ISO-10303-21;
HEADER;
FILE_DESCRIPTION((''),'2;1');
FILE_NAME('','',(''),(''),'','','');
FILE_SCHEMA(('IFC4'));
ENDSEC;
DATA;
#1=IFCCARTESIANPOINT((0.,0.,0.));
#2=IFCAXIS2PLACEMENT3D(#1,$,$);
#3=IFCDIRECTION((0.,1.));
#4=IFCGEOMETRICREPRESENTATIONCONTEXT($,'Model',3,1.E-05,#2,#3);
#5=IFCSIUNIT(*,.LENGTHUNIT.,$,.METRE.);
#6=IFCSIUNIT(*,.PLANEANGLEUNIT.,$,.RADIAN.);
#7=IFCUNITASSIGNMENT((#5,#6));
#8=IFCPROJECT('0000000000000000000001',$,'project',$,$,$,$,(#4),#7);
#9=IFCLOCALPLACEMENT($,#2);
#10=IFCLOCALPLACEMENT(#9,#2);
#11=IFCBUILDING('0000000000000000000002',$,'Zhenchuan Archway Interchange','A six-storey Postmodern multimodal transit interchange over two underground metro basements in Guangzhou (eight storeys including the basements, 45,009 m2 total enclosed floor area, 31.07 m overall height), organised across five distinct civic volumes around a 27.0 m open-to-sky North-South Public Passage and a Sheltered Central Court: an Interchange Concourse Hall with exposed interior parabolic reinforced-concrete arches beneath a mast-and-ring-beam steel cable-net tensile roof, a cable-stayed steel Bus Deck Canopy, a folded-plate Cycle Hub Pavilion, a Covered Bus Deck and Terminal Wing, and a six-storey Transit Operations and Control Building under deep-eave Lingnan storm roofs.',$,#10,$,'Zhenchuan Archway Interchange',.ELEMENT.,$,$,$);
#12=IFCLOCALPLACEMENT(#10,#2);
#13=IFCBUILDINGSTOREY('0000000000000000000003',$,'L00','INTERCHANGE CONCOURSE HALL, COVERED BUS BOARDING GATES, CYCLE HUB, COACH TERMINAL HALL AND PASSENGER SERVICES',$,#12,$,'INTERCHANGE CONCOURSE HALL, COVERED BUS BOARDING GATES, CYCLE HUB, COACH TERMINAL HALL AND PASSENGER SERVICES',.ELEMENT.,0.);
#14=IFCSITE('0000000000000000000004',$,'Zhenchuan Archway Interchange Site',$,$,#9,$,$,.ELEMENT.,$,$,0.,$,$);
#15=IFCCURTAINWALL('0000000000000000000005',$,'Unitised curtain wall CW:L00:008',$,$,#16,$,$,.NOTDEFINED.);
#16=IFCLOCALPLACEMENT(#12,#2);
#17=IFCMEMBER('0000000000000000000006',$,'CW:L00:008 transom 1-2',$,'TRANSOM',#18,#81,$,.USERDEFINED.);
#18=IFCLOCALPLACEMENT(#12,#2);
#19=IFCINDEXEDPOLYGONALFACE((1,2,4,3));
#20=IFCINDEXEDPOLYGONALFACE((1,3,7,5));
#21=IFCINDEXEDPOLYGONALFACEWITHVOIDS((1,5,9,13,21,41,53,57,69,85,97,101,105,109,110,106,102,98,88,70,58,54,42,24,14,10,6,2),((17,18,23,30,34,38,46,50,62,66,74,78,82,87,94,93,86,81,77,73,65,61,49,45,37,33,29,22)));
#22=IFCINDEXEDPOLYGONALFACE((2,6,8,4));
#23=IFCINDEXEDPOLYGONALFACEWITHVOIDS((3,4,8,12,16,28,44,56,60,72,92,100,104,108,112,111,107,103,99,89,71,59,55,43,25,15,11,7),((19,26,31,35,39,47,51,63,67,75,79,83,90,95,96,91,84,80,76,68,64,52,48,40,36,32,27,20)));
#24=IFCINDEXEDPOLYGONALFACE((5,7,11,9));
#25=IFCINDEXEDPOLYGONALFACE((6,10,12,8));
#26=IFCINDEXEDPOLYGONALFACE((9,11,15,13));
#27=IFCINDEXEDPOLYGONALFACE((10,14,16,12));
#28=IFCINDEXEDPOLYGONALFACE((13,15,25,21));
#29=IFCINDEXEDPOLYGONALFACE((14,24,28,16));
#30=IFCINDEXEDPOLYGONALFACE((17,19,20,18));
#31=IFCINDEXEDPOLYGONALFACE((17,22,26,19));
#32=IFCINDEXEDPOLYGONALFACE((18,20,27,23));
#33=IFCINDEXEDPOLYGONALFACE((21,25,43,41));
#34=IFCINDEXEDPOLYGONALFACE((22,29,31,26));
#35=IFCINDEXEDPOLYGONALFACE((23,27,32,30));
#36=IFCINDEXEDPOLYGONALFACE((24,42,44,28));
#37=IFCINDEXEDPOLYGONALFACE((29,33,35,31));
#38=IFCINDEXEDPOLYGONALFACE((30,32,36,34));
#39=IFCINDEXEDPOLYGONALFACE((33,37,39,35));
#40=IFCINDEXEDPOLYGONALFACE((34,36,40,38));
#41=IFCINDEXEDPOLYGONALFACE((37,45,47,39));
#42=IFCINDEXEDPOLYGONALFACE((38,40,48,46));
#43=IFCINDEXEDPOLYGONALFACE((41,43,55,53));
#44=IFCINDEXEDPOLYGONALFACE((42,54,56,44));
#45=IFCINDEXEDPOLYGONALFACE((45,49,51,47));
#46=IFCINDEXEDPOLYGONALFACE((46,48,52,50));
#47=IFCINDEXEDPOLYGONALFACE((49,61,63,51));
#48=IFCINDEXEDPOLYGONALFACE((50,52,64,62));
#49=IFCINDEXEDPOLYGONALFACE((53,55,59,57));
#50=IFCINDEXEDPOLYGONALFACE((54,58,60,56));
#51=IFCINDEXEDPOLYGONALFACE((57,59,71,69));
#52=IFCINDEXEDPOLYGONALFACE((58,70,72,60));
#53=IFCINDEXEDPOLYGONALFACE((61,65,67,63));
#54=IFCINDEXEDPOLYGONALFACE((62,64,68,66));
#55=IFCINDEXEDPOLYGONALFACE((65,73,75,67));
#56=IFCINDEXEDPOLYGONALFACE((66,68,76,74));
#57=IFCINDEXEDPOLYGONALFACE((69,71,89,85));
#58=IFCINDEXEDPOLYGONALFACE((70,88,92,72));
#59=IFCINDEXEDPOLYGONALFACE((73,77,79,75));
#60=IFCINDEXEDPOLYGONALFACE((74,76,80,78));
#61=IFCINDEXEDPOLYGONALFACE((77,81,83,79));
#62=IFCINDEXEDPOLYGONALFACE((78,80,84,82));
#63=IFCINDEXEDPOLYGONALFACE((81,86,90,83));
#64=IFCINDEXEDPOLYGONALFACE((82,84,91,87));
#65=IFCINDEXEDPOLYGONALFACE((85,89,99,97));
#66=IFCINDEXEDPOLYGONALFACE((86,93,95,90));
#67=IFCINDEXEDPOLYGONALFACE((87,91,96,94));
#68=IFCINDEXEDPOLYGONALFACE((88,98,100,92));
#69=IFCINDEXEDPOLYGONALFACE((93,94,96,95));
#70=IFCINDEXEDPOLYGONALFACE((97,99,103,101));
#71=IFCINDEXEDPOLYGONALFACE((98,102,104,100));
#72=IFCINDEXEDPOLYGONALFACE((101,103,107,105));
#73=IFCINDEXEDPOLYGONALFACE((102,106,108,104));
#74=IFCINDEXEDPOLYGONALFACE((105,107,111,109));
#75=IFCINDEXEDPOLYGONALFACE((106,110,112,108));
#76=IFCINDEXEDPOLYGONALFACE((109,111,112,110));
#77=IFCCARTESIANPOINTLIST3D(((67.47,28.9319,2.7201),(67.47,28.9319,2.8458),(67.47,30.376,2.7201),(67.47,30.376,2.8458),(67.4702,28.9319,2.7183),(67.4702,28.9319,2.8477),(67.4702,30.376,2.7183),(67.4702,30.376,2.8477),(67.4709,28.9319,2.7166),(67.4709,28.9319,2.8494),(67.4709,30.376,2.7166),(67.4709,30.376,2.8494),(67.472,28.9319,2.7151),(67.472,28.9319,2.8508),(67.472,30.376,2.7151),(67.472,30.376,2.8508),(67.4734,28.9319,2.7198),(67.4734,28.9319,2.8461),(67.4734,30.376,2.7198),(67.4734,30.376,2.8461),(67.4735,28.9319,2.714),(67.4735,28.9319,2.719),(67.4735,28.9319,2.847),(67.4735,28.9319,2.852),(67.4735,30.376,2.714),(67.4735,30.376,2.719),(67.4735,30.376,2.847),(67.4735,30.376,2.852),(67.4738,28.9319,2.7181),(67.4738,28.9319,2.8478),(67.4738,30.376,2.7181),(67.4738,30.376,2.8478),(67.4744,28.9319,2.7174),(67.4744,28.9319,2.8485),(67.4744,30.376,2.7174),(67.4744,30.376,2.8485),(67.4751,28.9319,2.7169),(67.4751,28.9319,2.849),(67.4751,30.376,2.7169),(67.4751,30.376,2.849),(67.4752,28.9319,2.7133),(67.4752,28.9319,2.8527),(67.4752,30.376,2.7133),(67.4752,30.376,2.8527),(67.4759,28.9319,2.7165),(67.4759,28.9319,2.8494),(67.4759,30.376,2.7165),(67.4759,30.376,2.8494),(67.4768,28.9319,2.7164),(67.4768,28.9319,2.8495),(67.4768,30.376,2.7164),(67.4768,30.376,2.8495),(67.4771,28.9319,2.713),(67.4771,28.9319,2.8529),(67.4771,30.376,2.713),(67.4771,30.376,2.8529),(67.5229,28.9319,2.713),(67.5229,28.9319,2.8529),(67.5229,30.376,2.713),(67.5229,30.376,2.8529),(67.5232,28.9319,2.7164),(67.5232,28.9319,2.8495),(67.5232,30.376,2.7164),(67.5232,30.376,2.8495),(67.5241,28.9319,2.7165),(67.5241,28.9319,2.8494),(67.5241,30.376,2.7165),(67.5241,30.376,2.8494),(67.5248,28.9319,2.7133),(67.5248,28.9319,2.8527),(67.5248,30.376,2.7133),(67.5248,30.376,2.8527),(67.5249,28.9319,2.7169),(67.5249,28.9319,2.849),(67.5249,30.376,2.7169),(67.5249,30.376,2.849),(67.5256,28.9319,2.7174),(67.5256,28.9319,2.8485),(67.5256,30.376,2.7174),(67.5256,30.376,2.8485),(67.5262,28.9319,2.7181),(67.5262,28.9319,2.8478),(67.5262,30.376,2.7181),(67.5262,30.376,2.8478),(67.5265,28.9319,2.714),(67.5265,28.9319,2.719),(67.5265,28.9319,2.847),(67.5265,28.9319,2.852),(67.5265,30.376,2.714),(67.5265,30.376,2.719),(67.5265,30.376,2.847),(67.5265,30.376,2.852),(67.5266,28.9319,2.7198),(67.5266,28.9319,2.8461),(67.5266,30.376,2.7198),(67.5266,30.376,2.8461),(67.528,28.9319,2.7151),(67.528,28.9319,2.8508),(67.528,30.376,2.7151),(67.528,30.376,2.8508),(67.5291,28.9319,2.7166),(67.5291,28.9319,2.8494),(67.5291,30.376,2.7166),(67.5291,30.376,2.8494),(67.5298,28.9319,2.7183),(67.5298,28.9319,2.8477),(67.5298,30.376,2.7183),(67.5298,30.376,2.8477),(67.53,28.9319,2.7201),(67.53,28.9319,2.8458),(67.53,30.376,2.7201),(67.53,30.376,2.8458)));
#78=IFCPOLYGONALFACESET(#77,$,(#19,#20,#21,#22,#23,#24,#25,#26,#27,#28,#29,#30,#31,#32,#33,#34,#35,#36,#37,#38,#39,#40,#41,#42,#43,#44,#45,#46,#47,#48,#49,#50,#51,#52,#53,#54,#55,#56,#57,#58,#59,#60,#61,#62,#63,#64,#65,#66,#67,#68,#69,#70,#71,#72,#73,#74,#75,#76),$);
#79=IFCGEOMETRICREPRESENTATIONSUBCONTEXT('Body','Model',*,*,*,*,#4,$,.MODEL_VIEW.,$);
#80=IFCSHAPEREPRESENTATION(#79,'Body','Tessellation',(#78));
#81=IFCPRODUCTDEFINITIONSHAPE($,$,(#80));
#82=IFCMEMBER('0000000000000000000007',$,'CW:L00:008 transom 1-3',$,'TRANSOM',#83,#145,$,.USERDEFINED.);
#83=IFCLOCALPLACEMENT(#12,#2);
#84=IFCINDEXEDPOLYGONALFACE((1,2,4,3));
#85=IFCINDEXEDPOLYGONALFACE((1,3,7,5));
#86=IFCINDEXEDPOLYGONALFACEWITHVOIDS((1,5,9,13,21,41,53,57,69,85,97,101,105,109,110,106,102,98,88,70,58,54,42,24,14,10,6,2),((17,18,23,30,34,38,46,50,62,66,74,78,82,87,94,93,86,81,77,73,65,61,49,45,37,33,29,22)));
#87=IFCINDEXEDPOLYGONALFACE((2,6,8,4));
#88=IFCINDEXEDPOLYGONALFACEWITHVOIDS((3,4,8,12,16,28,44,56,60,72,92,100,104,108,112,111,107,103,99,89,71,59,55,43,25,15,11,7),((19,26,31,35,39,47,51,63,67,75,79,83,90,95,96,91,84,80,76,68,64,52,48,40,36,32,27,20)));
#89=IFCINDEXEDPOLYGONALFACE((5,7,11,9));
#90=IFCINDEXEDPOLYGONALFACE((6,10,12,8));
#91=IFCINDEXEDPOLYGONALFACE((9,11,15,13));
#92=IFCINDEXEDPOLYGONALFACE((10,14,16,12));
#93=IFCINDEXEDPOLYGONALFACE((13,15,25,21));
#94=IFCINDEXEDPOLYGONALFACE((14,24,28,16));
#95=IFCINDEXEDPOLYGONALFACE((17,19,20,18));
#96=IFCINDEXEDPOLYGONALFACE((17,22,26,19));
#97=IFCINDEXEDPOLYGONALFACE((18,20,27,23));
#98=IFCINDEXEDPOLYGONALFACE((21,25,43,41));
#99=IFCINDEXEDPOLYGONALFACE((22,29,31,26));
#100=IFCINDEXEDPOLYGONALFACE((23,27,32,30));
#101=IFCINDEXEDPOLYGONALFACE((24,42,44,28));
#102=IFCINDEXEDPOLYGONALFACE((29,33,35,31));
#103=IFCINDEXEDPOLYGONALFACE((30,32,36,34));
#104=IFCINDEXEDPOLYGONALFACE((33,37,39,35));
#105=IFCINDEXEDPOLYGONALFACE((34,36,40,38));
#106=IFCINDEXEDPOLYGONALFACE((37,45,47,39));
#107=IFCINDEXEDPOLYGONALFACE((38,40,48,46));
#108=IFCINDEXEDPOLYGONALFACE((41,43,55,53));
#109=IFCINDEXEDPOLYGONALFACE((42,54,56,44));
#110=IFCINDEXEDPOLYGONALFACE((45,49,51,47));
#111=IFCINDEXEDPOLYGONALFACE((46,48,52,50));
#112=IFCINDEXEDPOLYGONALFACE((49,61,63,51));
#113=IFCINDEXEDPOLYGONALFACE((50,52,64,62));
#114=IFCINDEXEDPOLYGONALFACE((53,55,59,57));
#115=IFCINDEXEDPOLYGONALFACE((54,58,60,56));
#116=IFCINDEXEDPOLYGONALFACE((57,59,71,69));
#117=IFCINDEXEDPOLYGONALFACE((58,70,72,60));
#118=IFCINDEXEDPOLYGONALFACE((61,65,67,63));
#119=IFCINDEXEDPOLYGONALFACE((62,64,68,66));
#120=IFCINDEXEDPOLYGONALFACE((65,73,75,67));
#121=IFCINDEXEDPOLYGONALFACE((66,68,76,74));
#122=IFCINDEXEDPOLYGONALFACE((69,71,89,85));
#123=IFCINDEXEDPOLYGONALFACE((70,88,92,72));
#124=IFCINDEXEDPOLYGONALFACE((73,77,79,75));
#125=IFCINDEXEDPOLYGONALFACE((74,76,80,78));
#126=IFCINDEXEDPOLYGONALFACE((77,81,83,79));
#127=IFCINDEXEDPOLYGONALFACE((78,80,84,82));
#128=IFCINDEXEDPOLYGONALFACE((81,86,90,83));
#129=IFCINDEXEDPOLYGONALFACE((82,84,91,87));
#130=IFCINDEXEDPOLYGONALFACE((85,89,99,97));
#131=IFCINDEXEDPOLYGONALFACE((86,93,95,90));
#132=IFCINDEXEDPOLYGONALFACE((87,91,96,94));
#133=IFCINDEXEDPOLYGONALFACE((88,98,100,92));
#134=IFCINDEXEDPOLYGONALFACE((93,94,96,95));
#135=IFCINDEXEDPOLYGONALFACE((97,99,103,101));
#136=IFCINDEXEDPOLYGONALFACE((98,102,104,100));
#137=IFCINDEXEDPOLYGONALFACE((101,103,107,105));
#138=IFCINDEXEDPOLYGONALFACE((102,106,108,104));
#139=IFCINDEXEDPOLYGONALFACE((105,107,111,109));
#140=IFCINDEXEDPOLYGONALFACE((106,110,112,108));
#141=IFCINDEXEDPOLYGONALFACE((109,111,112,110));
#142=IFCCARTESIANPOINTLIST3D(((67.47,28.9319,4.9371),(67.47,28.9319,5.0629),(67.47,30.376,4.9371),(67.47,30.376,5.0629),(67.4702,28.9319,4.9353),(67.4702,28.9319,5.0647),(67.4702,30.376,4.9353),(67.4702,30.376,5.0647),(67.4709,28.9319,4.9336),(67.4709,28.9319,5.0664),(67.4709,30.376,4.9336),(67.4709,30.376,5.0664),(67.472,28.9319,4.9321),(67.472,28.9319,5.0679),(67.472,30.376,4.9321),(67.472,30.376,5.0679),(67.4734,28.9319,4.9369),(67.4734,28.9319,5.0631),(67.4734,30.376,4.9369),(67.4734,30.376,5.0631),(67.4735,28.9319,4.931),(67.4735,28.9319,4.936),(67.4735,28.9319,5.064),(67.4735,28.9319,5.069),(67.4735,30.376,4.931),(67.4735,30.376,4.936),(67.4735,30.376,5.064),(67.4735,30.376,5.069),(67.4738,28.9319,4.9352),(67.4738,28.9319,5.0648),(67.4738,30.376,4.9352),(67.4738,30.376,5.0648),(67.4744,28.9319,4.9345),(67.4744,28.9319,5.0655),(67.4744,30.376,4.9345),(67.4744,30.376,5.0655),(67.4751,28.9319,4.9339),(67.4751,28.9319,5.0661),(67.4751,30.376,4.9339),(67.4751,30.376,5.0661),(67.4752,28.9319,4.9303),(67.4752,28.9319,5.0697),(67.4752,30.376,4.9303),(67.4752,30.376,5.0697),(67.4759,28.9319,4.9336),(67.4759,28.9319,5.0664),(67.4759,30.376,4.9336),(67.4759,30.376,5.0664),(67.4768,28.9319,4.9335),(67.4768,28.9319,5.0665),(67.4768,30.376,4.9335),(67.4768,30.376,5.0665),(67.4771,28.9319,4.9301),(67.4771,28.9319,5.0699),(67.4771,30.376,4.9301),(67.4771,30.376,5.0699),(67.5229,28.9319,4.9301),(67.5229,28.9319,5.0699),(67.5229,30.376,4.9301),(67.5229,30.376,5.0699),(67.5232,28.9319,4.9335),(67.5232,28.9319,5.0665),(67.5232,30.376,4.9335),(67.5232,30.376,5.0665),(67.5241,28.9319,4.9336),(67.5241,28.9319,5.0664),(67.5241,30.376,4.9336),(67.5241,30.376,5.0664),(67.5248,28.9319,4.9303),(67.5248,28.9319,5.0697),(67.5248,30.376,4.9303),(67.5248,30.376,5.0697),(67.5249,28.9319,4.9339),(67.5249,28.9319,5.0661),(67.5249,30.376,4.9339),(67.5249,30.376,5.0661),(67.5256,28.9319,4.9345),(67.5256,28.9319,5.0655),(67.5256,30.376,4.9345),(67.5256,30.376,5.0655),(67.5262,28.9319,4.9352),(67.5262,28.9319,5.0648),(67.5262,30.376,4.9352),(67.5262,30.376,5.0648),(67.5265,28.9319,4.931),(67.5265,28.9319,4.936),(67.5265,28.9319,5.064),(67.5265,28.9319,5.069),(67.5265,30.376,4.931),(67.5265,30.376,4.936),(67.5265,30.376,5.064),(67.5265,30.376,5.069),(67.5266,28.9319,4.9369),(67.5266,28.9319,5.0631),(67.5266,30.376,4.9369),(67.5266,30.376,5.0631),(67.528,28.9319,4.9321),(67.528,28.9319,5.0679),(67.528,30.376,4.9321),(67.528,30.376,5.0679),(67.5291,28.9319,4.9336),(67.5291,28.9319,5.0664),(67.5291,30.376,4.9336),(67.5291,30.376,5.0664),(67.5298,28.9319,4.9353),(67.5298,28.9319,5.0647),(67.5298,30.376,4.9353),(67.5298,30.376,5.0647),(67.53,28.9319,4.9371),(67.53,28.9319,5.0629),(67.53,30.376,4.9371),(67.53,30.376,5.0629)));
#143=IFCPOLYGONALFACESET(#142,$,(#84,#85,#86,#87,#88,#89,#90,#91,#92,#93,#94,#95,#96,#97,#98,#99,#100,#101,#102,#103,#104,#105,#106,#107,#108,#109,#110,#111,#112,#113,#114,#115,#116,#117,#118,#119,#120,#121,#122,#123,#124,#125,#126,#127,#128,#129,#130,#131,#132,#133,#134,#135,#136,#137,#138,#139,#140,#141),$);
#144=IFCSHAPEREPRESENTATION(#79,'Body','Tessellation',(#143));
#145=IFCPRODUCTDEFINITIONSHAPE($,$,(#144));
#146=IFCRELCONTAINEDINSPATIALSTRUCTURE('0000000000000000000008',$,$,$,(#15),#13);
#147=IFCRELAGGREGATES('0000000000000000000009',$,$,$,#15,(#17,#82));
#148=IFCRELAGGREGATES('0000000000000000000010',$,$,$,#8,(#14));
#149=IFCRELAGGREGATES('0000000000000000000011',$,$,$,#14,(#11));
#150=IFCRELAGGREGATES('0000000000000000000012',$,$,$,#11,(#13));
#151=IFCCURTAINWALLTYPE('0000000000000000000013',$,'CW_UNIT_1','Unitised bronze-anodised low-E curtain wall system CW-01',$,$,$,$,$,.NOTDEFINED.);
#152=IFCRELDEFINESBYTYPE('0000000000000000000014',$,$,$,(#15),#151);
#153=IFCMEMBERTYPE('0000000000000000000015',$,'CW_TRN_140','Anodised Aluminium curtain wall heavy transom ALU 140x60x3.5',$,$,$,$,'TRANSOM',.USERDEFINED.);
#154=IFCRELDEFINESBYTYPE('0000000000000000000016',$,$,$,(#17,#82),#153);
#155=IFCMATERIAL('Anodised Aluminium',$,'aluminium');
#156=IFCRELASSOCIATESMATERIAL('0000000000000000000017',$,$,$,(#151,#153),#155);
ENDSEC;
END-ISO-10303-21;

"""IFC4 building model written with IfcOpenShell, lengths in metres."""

from ifc_helpers import new_model, si_unit, direction, frame, origin, origin_2d, place, context, subcontext, project, spatial, hollow_rectangle, extrude, material, material_profile, profile_set, type_object, element, aggregate, save


model = new_model("IFC4")

# Units and contexts
model_context = context("Model", 3, precision=1e-05, world=origin(), true_north=direction((0.0, 1.0)))
body_context = subcontext(model_context, "Body", "Model", "MODEL_VIEW")
ifc_project = project(units=[si_unit("LENGTHUNIT", "METRE"), si_unit("PLANEANGLEUNIT", "RADIAN")], contexts=[model_context])

# Site, building, storey
site_placement = place(None, origin())
site = spatial("IfcSite", under=ifc_project, at=site_placement, Name="Zhenchuan Archway Interchange Site", CompositionType="ELEMENT", RefElevation=0.0)
building_placement = place(site_placement, origin())
building = spatial("IfcBuilding", under=site, at=building_placement, Name="Zhenchuan Archway Interchange", Description="A six-storey Postmodern multimodal transit interchange over two underground metro basements in Guangzhou (eight storeys including the basements, 45,009 m2 total enclosed floor area, 31.07 m overall height), organised across five distinct civic volumes around a 27.0 m open-to-sky North-South Public Passage and a Sheltered Central Court: an Interchange Concourse Hall with exposed interior parabolic reinforced-concrete arches beneath a mast-and-ring-beam steel cable-net tensile roof, a cable-stayed steel Bus Deck Canopy, a folded-plate Cycle Hub Pavilion, a Covered Bus Deck and Terminal Wing, and a six-storey Transit Operations and Control Building under deep-eave Lingnan storm roofs.", LongName="Zhenchuan Archway Interchange", CompositionType="ELEMENT")
storey_placement = place(building_placement, origin())
storey = spatial("IfcBuildingStorey", under=building, at=storey_placement, Name="L00", Description="INTERCHANGE CONCOURSE HALL, COVERED BUS BOARDING GATES, CYCLE HUB, COACH TERMINAL HALL AND PASSENGER SERVICES", LongName="INTERCHANGE CONCOURSE HALL, COVERED BUS BOARDING GATES, CYCLE HUB, COACH TERMINAL HALL AND PASSENGER SERVICES", CompositionType="ELEMENT", Elevation=0.0)

# Curtain wall, members
ifc_material_1 = material(Name="Anodised Aluminium", Category="aluminium")
curtain_wall_type = type_object("IfcCurtainWallType", Name="CW_UNIT_1", Description="Unitised bronze-anodised low-E curtain wall system CW-01", PredefinedType="NOTDEFINED", material=ifc_material_1)
curtain_wall_placement = place(storey_placement, origin())
curtain_wall = element("IfcCurtainWall", 1, at=curtain_wall_placement, inside=storey, type_object=curtain_wall_type, Name="Unitised curtain wall CW:L00:008", PredefinedType="NOTDEFINED")
ifc_material_profile_1 = material_profile(ifc_material_1, hollow_rectangle(XDim=0.0601, YDim=0.1399, WallThickness=0.0034, InnerFilletRadius=0.0034, OuterFilletRadius=0.0071, at=origin_2d()), Name="ALU 140x60x3.5")
ifc_profile_set_1 = profile_set([ifc_material_profile_1], Name="Anodised Aluminium")
member_type_1 = type_object("IfcMemberType", Name="CW_TRN_140", Description="Anodised Aluminium curtain wall heavy transom ALU 140x60x3.5", ElementType="TRANSOM", PredefinedType="USERDEFINED", material=ifc_profile_set_1)
member_1_placement = place(storey_placement, frame((67.5, 30.376, 2.783), z_axis=(0.0, -1.0, 0.0), x_axis=(1.0, 0.0, 0.0)))
member_1 = element("IfcMember", 2, at=member_1_placement, type_object=member_type_1, Name="CW:L00:008 transom 1-2", ObjectType="TRANSOM", PredefinedType="USERDEFINED", context=body_context, shape_type="SweptSolid", body=[
    extrude(hollow_rectangle(XDim=0.0601, YDim=0.1399, WallThickness=0.0034, InnerFilletRadius=0.0034, OuterFilletRadius=0.0071, at=origin_2d()), origin(), (0.0, 0.0, 1.0), 1.4441),
])
member_2_placement = place(storey_placement, frame((67.5, 30.376, 5.0), z_axis=(0.0, -1.0, 0.0), x_axis=(1.0, 0.0, 0.0)))
member_2 = element("IfcMember", 3, at=member_2_placement, type_object=member_type_1, Name="CW:L00:008 transom 1-3", ObjectType="TRANSOM", PredefinedType="USERDEFINED", context=body_context, shape_type="SweptSolid", body=[
    extrude(hollow_rectangle(XDim=0.0601, YDim=0.1399, WallThickness=0.0034, InnerFilletRadius=0.0034, OuterFilletRadius=0.0071, at=origin_2d()), origin(), (0.0, 0.0, 1.0), 1.4441),
])
aggregate(curtain_wall, [member_1, member_2])

save(model, "model.ifc")
